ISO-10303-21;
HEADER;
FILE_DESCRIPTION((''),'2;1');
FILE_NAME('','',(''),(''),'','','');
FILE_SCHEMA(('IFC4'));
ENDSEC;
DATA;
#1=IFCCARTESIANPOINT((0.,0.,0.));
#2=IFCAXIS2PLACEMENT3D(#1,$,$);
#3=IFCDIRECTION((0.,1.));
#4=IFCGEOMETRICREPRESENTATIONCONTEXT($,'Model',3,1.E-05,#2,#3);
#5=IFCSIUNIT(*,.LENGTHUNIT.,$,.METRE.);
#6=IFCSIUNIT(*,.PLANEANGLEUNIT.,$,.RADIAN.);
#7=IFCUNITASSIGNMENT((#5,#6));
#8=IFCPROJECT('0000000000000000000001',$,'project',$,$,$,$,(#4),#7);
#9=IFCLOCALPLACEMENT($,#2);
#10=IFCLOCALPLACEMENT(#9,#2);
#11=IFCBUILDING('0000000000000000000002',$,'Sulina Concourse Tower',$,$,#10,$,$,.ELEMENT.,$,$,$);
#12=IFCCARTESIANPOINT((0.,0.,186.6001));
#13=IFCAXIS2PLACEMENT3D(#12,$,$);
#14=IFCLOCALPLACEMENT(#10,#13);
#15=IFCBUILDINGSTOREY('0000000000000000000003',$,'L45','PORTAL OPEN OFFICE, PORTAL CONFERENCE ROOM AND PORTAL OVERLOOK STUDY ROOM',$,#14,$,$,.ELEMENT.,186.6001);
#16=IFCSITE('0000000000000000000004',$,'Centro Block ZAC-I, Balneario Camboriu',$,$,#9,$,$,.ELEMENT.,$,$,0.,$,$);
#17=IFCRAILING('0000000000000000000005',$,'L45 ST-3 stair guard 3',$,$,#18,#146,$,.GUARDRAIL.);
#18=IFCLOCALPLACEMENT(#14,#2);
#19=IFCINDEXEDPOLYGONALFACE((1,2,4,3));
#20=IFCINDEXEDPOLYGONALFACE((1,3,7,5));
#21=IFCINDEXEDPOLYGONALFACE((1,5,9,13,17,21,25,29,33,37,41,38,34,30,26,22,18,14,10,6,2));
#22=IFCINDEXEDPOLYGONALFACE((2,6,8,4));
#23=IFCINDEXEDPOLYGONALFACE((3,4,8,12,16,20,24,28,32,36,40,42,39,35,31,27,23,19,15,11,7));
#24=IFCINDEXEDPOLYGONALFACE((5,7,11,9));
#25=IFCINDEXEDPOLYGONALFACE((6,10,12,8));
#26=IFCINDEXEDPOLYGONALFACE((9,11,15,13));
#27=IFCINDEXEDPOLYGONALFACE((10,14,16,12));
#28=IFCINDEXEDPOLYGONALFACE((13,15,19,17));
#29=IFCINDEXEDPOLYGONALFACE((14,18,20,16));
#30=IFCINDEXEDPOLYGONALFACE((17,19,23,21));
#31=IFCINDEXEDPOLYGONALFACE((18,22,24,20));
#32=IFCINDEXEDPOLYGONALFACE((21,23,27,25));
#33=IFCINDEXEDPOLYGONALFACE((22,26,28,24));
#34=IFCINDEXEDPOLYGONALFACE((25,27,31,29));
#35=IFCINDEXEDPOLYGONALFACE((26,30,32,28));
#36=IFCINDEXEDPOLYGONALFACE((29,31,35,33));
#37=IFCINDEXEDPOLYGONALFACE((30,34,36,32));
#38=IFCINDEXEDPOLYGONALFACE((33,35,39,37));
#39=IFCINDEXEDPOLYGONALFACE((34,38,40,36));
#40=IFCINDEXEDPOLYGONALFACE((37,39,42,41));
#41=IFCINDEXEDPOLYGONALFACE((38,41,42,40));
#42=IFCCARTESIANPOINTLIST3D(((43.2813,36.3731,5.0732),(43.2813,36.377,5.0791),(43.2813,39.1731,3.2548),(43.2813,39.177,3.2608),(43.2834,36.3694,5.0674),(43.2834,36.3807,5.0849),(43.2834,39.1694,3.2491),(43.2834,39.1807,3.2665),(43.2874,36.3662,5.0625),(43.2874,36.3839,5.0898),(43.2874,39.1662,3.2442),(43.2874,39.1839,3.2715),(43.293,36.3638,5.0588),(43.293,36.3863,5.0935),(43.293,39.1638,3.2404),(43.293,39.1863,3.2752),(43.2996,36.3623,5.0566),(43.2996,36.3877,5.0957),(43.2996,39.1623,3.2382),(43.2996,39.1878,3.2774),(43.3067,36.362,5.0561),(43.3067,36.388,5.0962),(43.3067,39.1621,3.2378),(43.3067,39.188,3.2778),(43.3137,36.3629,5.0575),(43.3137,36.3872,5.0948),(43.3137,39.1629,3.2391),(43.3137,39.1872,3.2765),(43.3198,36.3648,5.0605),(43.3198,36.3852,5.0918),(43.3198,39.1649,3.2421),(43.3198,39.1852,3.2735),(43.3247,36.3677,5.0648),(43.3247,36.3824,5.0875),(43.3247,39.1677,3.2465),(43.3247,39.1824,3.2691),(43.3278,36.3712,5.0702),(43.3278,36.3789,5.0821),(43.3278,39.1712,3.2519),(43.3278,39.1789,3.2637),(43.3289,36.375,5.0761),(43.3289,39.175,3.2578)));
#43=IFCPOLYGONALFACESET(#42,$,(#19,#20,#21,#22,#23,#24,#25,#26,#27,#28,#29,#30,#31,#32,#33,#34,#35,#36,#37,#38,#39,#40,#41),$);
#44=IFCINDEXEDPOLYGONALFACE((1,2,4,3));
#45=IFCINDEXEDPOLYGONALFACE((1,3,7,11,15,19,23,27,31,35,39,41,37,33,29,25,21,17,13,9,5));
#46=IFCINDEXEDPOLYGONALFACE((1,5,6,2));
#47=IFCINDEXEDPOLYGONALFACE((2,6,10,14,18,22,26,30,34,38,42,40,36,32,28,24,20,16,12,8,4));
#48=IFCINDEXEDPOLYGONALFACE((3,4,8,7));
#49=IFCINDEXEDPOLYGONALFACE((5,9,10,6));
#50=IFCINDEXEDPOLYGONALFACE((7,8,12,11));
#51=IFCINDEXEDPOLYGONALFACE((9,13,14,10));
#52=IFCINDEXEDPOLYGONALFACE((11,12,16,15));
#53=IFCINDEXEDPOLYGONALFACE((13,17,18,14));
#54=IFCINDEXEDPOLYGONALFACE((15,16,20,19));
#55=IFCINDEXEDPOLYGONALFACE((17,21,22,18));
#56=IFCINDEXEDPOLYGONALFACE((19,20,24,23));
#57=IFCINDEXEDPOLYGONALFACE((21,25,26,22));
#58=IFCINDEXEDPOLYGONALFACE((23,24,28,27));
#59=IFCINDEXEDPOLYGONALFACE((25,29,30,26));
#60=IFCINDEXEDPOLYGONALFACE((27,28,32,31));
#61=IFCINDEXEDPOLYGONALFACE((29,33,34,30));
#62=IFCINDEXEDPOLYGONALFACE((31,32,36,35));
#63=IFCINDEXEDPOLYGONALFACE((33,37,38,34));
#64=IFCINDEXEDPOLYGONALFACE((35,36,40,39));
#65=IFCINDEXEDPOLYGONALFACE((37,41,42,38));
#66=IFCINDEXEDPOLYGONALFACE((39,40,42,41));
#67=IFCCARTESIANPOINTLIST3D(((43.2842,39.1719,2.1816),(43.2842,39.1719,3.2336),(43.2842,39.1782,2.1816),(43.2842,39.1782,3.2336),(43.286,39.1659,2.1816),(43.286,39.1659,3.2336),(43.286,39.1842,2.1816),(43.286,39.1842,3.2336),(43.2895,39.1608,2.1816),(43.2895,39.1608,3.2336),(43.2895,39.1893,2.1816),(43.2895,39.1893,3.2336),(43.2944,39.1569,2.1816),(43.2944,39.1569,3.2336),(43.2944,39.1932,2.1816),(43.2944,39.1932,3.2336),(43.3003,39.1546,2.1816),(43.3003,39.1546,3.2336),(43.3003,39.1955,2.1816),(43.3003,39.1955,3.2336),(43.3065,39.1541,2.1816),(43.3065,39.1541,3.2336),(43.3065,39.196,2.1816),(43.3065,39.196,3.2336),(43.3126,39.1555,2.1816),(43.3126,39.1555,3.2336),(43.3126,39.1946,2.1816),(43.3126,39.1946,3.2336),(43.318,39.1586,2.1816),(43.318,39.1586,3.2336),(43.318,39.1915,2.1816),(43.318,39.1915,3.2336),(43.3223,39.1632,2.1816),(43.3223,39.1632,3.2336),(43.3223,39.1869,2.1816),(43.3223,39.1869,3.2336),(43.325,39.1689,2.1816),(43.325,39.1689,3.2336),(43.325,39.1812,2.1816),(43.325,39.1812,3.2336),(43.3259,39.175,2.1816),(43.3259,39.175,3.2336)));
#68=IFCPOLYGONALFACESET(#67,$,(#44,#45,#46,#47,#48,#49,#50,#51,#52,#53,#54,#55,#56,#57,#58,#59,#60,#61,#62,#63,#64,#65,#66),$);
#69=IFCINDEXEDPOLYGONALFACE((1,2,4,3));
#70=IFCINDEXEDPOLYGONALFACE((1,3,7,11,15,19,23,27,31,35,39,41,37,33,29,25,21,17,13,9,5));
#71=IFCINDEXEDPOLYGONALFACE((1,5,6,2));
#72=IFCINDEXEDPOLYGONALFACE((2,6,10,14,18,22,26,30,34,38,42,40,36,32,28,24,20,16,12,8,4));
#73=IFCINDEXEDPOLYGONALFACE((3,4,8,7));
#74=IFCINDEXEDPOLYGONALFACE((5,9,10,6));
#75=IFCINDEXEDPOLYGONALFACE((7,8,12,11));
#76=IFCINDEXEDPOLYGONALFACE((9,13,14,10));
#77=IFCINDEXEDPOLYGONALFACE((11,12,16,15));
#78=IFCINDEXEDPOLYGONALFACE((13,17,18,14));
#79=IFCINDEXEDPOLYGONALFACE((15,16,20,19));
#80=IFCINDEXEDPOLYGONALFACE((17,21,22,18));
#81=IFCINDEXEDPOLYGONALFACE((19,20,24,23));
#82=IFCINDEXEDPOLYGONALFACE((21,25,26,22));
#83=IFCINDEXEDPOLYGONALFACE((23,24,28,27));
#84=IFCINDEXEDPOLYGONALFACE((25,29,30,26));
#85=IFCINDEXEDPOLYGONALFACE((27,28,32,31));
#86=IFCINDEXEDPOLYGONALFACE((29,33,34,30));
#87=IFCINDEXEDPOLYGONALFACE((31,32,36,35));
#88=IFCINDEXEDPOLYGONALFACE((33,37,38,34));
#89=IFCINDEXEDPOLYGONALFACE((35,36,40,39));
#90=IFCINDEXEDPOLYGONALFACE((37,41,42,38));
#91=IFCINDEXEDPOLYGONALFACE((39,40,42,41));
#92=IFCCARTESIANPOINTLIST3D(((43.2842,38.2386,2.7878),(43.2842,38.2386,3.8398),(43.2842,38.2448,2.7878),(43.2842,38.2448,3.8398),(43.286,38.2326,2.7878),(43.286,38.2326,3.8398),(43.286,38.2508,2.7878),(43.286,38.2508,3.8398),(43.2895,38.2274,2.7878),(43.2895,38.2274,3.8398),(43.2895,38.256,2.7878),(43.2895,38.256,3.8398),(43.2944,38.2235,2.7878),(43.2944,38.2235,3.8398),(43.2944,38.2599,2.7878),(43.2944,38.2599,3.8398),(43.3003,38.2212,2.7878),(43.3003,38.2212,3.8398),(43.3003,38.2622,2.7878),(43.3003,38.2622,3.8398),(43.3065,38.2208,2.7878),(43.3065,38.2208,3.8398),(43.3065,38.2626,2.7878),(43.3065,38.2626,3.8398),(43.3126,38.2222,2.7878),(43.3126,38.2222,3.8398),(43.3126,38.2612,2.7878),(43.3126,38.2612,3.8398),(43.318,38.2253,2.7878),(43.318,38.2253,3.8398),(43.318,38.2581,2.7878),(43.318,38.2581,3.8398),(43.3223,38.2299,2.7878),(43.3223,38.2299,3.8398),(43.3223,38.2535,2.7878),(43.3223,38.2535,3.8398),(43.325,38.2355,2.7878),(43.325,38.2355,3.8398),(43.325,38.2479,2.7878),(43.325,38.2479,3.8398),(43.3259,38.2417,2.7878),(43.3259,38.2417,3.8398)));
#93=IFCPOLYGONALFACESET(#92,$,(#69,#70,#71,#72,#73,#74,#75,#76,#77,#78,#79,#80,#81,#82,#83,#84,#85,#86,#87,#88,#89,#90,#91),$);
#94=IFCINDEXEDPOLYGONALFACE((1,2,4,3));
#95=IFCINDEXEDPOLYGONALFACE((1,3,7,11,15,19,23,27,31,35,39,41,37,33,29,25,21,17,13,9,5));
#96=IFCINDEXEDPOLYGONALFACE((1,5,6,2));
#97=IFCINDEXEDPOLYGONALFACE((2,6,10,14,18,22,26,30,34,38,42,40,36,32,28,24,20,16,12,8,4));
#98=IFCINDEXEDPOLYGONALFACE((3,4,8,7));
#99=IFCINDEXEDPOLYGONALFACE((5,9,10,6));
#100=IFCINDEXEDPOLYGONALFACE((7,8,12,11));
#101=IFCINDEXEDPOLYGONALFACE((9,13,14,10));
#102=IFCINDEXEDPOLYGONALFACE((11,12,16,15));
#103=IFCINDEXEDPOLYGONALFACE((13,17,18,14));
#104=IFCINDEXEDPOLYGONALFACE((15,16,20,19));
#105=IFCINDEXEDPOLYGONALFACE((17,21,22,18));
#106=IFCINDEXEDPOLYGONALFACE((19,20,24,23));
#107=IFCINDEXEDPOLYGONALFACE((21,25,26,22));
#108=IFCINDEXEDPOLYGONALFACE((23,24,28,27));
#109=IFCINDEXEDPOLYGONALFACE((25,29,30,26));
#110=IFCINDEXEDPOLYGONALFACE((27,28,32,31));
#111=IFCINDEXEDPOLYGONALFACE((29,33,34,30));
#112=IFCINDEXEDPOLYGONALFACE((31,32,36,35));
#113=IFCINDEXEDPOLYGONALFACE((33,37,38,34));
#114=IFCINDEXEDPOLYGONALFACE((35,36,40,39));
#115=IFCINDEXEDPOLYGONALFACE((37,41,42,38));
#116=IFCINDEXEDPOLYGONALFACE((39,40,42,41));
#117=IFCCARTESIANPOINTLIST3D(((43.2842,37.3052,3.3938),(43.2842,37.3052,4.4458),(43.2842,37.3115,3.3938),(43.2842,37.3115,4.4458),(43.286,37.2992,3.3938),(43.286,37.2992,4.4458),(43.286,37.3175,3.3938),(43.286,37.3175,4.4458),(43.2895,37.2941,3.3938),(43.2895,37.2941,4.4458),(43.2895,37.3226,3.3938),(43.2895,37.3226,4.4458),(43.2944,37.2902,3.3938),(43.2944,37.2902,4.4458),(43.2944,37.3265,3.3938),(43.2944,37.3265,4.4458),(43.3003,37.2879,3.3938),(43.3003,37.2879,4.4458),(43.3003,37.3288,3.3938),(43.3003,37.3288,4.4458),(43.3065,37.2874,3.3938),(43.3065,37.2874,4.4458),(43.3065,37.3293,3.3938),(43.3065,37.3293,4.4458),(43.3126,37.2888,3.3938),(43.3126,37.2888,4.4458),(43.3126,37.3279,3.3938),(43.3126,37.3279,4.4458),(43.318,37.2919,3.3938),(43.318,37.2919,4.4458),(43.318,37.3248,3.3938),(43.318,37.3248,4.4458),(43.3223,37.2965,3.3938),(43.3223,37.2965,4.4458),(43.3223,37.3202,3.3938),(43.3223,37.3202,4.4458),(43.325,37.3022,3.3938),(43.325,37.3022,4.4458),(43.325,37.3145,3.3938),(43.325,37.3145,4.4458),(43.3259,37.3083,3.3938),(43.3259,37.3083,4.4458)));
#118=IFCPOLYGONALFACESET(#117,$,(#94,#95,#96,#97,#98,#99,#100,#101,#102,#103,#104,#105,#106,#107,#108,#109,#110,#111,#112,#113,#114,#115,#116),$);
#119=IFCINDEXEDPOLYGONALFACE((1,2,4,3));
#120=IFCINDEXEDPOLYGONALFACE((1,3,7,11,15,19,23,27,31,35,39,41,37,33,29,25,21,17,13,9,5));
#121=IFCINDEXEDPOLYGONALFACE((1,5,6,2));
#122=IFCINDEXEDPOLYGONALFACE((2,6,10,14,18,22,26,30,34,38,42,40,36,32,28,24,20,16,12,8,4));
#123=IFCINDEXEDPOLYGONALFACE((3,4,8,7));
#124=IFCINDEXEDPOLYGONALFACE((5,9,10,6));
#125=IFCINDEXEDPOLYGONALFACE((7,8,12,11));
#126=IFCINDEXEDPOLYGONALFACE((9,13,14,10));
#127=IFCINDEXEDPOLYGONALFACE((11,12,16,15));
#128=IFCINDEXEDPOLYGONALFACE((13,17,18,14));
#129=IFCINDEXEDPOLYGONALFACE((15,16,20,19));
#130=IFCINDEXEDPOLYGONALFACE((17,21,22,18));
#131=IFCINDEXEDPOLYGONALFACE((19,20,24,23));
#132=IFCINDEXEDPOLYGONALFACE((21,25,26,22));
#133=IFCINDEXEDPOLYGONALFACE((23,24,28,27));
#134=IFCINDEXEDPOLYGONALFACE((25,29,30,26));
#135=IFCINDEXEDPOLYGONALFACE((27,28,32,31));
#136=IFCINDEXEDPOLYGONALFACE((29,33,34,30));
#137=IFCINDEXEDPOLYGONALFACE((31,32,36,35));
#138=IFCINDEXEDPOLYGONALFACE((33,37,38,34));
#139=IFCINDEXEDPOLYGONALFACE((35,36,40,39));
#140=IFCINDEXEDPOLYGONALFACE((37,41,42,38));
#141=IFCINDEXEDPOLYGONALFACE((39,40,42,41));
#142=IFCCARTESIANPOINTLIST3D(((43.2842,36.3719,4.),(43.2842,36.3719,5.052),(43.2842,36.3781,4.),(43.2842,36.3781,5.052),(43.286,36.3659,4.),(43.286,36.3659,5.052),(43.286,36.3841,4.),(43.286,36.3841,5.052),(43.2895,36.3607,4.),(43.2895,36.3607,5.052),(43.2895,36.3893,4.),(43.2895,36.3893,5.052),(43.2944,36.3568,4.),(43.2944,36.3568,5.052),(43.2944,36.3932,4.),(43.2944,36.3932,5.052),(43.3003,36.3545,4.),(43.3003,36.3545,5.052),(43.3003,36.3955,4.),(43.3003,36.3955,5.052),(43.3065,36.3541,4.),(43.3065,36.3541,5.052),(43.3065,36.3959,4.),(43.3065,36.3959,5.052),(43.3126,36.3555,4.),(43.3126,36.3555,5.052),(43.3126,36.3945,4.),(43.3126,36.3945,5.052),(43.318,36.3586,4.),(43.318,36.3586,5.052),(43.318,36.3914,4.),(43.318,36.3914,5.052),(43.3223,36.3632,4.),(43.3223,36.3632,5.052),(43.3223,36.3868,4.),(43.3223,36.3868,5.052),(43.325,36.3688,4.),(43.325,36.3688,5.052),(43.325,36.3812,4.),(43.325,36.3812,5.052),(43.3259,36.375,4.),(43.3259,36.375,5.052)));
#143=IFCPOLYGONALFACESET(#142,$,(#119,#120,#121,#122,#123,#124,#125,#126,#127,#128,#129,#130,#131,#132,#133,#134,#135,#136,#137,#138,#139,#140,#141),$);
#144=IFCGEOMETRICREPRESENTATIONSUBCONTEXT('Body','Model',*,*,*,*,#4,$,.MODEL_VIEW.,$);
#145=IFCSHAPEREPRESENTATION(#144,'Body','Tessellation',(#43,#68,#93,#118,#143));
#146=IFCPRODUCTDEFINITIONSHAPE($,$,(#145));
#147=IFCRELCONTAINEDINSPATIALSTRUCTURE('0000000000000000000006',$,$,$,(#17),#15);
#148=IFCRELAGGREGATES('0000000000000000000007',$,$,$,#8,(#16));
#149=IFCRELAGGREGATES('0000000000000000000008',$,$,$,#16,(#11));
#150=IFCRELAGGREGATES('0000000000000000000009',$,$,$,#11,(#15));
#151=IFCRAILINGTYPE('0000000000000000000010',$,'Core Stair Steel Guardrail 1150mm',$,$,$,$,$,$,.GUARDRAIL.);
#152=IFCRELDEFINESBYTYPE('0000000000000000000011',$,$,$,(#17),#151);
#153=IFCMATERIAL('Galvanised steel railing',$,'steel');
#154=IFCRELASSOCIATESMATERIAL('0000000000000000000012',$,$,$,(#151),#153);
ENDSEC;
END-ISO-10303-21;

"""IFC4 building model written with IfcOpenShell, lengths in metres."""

from ifc_helpers import new_model, si_unit, direction, frame, origin, origin_2d, place, context, subcontext, project, spatial, circle, extrude, material, type_object, element, save


model = new_model("IFC4")

# Units and contexts
model_context = context("Model", 3, precision=1e-05, world=origin(), true_north=direction((0.0, 1.0)))
body_context = subcontext(model_context, "Body", "Model", "MODEL_VIEW")
ifc_project = project(units=[si_unit("LENGTHUNIT", "METRE"), si_unit("PLANEANGLEUNIT", "RADIAN")], contexts=[model_context])

# Site, building, storey
site_placement = place(None, origin())
site = spatial("IfcSite", under=ifc_project, at=site_placement, Name="Centro Block ZAC-I, Balneario Camboriu", CompositionType="ELEMENT", RefElevation=0.0)
building_placement = place(site_placement, origin())
building = spatial("IfcBuilding", under=site, at=building_placement, Name="Sulina Concourse Tower", CompositionType="ELEMENT")
storey_placement = place(building_placement, frame((0.0, 0.0, 186.6001)))
storey = spatial("IfcBuildingStorey", under=building, at=storey_placement, Name="L45", Description="PORTAL OPEN OFFICE, PORTAL CONFERENCE ROOM AND PORTAL OVERLOOK STUDY ROOM", CompositionType="ELEMENT", Elevation=186.6001)

# Railing
ifc_material_1 = material(Name="Galvanised steel railing", Category="steel")
railing_type_1 = type_object("IfcRailingType", Name="Core Stair Steel Guardrail 1150mm", PredefinedType="GUARDRAIL", material=ifc_material_1)
railing_1_placement = place(storey_placement, frame((43.3049, 39.175, 2.1816)))
element("IfcRailing", 1, at=railing_1_placement, inside=storey, type_object=railing_type_1, Name="L45 ST-3 stair guard 3", PredefinedType="GUARDRAIL", context=body_context, shape_type="SweptSolid", body=[
    extrude(circle(Radius=0.0239, at=origin_2d()), frame((0.0, 0.0, 1.0762), z_axis=(0.0, -0.838672, 0.544636), x_axis=(1.0, 0.0, 0.0)), (0.0, 0.0, 1.0), 3.3386),
    extrude(circle(Radius=0.021, at=origin_2d()), origin(), (0.0, 0.0, 1.0), 1.052),
    extrude(circle(Radius=0.021, at=origin_2d()), frame((0.0, -0.9333, 0.6062)), (0.0, 0.0, 1.0), 1.052),
    extrude(circle(Radius=0.021, at=origin_2d()), frame((0.0, -1.8667, 1.2122)), (0.0, 0.0, 1.0), 1.052),
    extrude(circle(Radius=0.021, at=origin_2d()), frame((0.0, -2.8, 1.8184)), (0.0, 0.0, 1.0), 1.052),
])

save(model, "model.ifc")
